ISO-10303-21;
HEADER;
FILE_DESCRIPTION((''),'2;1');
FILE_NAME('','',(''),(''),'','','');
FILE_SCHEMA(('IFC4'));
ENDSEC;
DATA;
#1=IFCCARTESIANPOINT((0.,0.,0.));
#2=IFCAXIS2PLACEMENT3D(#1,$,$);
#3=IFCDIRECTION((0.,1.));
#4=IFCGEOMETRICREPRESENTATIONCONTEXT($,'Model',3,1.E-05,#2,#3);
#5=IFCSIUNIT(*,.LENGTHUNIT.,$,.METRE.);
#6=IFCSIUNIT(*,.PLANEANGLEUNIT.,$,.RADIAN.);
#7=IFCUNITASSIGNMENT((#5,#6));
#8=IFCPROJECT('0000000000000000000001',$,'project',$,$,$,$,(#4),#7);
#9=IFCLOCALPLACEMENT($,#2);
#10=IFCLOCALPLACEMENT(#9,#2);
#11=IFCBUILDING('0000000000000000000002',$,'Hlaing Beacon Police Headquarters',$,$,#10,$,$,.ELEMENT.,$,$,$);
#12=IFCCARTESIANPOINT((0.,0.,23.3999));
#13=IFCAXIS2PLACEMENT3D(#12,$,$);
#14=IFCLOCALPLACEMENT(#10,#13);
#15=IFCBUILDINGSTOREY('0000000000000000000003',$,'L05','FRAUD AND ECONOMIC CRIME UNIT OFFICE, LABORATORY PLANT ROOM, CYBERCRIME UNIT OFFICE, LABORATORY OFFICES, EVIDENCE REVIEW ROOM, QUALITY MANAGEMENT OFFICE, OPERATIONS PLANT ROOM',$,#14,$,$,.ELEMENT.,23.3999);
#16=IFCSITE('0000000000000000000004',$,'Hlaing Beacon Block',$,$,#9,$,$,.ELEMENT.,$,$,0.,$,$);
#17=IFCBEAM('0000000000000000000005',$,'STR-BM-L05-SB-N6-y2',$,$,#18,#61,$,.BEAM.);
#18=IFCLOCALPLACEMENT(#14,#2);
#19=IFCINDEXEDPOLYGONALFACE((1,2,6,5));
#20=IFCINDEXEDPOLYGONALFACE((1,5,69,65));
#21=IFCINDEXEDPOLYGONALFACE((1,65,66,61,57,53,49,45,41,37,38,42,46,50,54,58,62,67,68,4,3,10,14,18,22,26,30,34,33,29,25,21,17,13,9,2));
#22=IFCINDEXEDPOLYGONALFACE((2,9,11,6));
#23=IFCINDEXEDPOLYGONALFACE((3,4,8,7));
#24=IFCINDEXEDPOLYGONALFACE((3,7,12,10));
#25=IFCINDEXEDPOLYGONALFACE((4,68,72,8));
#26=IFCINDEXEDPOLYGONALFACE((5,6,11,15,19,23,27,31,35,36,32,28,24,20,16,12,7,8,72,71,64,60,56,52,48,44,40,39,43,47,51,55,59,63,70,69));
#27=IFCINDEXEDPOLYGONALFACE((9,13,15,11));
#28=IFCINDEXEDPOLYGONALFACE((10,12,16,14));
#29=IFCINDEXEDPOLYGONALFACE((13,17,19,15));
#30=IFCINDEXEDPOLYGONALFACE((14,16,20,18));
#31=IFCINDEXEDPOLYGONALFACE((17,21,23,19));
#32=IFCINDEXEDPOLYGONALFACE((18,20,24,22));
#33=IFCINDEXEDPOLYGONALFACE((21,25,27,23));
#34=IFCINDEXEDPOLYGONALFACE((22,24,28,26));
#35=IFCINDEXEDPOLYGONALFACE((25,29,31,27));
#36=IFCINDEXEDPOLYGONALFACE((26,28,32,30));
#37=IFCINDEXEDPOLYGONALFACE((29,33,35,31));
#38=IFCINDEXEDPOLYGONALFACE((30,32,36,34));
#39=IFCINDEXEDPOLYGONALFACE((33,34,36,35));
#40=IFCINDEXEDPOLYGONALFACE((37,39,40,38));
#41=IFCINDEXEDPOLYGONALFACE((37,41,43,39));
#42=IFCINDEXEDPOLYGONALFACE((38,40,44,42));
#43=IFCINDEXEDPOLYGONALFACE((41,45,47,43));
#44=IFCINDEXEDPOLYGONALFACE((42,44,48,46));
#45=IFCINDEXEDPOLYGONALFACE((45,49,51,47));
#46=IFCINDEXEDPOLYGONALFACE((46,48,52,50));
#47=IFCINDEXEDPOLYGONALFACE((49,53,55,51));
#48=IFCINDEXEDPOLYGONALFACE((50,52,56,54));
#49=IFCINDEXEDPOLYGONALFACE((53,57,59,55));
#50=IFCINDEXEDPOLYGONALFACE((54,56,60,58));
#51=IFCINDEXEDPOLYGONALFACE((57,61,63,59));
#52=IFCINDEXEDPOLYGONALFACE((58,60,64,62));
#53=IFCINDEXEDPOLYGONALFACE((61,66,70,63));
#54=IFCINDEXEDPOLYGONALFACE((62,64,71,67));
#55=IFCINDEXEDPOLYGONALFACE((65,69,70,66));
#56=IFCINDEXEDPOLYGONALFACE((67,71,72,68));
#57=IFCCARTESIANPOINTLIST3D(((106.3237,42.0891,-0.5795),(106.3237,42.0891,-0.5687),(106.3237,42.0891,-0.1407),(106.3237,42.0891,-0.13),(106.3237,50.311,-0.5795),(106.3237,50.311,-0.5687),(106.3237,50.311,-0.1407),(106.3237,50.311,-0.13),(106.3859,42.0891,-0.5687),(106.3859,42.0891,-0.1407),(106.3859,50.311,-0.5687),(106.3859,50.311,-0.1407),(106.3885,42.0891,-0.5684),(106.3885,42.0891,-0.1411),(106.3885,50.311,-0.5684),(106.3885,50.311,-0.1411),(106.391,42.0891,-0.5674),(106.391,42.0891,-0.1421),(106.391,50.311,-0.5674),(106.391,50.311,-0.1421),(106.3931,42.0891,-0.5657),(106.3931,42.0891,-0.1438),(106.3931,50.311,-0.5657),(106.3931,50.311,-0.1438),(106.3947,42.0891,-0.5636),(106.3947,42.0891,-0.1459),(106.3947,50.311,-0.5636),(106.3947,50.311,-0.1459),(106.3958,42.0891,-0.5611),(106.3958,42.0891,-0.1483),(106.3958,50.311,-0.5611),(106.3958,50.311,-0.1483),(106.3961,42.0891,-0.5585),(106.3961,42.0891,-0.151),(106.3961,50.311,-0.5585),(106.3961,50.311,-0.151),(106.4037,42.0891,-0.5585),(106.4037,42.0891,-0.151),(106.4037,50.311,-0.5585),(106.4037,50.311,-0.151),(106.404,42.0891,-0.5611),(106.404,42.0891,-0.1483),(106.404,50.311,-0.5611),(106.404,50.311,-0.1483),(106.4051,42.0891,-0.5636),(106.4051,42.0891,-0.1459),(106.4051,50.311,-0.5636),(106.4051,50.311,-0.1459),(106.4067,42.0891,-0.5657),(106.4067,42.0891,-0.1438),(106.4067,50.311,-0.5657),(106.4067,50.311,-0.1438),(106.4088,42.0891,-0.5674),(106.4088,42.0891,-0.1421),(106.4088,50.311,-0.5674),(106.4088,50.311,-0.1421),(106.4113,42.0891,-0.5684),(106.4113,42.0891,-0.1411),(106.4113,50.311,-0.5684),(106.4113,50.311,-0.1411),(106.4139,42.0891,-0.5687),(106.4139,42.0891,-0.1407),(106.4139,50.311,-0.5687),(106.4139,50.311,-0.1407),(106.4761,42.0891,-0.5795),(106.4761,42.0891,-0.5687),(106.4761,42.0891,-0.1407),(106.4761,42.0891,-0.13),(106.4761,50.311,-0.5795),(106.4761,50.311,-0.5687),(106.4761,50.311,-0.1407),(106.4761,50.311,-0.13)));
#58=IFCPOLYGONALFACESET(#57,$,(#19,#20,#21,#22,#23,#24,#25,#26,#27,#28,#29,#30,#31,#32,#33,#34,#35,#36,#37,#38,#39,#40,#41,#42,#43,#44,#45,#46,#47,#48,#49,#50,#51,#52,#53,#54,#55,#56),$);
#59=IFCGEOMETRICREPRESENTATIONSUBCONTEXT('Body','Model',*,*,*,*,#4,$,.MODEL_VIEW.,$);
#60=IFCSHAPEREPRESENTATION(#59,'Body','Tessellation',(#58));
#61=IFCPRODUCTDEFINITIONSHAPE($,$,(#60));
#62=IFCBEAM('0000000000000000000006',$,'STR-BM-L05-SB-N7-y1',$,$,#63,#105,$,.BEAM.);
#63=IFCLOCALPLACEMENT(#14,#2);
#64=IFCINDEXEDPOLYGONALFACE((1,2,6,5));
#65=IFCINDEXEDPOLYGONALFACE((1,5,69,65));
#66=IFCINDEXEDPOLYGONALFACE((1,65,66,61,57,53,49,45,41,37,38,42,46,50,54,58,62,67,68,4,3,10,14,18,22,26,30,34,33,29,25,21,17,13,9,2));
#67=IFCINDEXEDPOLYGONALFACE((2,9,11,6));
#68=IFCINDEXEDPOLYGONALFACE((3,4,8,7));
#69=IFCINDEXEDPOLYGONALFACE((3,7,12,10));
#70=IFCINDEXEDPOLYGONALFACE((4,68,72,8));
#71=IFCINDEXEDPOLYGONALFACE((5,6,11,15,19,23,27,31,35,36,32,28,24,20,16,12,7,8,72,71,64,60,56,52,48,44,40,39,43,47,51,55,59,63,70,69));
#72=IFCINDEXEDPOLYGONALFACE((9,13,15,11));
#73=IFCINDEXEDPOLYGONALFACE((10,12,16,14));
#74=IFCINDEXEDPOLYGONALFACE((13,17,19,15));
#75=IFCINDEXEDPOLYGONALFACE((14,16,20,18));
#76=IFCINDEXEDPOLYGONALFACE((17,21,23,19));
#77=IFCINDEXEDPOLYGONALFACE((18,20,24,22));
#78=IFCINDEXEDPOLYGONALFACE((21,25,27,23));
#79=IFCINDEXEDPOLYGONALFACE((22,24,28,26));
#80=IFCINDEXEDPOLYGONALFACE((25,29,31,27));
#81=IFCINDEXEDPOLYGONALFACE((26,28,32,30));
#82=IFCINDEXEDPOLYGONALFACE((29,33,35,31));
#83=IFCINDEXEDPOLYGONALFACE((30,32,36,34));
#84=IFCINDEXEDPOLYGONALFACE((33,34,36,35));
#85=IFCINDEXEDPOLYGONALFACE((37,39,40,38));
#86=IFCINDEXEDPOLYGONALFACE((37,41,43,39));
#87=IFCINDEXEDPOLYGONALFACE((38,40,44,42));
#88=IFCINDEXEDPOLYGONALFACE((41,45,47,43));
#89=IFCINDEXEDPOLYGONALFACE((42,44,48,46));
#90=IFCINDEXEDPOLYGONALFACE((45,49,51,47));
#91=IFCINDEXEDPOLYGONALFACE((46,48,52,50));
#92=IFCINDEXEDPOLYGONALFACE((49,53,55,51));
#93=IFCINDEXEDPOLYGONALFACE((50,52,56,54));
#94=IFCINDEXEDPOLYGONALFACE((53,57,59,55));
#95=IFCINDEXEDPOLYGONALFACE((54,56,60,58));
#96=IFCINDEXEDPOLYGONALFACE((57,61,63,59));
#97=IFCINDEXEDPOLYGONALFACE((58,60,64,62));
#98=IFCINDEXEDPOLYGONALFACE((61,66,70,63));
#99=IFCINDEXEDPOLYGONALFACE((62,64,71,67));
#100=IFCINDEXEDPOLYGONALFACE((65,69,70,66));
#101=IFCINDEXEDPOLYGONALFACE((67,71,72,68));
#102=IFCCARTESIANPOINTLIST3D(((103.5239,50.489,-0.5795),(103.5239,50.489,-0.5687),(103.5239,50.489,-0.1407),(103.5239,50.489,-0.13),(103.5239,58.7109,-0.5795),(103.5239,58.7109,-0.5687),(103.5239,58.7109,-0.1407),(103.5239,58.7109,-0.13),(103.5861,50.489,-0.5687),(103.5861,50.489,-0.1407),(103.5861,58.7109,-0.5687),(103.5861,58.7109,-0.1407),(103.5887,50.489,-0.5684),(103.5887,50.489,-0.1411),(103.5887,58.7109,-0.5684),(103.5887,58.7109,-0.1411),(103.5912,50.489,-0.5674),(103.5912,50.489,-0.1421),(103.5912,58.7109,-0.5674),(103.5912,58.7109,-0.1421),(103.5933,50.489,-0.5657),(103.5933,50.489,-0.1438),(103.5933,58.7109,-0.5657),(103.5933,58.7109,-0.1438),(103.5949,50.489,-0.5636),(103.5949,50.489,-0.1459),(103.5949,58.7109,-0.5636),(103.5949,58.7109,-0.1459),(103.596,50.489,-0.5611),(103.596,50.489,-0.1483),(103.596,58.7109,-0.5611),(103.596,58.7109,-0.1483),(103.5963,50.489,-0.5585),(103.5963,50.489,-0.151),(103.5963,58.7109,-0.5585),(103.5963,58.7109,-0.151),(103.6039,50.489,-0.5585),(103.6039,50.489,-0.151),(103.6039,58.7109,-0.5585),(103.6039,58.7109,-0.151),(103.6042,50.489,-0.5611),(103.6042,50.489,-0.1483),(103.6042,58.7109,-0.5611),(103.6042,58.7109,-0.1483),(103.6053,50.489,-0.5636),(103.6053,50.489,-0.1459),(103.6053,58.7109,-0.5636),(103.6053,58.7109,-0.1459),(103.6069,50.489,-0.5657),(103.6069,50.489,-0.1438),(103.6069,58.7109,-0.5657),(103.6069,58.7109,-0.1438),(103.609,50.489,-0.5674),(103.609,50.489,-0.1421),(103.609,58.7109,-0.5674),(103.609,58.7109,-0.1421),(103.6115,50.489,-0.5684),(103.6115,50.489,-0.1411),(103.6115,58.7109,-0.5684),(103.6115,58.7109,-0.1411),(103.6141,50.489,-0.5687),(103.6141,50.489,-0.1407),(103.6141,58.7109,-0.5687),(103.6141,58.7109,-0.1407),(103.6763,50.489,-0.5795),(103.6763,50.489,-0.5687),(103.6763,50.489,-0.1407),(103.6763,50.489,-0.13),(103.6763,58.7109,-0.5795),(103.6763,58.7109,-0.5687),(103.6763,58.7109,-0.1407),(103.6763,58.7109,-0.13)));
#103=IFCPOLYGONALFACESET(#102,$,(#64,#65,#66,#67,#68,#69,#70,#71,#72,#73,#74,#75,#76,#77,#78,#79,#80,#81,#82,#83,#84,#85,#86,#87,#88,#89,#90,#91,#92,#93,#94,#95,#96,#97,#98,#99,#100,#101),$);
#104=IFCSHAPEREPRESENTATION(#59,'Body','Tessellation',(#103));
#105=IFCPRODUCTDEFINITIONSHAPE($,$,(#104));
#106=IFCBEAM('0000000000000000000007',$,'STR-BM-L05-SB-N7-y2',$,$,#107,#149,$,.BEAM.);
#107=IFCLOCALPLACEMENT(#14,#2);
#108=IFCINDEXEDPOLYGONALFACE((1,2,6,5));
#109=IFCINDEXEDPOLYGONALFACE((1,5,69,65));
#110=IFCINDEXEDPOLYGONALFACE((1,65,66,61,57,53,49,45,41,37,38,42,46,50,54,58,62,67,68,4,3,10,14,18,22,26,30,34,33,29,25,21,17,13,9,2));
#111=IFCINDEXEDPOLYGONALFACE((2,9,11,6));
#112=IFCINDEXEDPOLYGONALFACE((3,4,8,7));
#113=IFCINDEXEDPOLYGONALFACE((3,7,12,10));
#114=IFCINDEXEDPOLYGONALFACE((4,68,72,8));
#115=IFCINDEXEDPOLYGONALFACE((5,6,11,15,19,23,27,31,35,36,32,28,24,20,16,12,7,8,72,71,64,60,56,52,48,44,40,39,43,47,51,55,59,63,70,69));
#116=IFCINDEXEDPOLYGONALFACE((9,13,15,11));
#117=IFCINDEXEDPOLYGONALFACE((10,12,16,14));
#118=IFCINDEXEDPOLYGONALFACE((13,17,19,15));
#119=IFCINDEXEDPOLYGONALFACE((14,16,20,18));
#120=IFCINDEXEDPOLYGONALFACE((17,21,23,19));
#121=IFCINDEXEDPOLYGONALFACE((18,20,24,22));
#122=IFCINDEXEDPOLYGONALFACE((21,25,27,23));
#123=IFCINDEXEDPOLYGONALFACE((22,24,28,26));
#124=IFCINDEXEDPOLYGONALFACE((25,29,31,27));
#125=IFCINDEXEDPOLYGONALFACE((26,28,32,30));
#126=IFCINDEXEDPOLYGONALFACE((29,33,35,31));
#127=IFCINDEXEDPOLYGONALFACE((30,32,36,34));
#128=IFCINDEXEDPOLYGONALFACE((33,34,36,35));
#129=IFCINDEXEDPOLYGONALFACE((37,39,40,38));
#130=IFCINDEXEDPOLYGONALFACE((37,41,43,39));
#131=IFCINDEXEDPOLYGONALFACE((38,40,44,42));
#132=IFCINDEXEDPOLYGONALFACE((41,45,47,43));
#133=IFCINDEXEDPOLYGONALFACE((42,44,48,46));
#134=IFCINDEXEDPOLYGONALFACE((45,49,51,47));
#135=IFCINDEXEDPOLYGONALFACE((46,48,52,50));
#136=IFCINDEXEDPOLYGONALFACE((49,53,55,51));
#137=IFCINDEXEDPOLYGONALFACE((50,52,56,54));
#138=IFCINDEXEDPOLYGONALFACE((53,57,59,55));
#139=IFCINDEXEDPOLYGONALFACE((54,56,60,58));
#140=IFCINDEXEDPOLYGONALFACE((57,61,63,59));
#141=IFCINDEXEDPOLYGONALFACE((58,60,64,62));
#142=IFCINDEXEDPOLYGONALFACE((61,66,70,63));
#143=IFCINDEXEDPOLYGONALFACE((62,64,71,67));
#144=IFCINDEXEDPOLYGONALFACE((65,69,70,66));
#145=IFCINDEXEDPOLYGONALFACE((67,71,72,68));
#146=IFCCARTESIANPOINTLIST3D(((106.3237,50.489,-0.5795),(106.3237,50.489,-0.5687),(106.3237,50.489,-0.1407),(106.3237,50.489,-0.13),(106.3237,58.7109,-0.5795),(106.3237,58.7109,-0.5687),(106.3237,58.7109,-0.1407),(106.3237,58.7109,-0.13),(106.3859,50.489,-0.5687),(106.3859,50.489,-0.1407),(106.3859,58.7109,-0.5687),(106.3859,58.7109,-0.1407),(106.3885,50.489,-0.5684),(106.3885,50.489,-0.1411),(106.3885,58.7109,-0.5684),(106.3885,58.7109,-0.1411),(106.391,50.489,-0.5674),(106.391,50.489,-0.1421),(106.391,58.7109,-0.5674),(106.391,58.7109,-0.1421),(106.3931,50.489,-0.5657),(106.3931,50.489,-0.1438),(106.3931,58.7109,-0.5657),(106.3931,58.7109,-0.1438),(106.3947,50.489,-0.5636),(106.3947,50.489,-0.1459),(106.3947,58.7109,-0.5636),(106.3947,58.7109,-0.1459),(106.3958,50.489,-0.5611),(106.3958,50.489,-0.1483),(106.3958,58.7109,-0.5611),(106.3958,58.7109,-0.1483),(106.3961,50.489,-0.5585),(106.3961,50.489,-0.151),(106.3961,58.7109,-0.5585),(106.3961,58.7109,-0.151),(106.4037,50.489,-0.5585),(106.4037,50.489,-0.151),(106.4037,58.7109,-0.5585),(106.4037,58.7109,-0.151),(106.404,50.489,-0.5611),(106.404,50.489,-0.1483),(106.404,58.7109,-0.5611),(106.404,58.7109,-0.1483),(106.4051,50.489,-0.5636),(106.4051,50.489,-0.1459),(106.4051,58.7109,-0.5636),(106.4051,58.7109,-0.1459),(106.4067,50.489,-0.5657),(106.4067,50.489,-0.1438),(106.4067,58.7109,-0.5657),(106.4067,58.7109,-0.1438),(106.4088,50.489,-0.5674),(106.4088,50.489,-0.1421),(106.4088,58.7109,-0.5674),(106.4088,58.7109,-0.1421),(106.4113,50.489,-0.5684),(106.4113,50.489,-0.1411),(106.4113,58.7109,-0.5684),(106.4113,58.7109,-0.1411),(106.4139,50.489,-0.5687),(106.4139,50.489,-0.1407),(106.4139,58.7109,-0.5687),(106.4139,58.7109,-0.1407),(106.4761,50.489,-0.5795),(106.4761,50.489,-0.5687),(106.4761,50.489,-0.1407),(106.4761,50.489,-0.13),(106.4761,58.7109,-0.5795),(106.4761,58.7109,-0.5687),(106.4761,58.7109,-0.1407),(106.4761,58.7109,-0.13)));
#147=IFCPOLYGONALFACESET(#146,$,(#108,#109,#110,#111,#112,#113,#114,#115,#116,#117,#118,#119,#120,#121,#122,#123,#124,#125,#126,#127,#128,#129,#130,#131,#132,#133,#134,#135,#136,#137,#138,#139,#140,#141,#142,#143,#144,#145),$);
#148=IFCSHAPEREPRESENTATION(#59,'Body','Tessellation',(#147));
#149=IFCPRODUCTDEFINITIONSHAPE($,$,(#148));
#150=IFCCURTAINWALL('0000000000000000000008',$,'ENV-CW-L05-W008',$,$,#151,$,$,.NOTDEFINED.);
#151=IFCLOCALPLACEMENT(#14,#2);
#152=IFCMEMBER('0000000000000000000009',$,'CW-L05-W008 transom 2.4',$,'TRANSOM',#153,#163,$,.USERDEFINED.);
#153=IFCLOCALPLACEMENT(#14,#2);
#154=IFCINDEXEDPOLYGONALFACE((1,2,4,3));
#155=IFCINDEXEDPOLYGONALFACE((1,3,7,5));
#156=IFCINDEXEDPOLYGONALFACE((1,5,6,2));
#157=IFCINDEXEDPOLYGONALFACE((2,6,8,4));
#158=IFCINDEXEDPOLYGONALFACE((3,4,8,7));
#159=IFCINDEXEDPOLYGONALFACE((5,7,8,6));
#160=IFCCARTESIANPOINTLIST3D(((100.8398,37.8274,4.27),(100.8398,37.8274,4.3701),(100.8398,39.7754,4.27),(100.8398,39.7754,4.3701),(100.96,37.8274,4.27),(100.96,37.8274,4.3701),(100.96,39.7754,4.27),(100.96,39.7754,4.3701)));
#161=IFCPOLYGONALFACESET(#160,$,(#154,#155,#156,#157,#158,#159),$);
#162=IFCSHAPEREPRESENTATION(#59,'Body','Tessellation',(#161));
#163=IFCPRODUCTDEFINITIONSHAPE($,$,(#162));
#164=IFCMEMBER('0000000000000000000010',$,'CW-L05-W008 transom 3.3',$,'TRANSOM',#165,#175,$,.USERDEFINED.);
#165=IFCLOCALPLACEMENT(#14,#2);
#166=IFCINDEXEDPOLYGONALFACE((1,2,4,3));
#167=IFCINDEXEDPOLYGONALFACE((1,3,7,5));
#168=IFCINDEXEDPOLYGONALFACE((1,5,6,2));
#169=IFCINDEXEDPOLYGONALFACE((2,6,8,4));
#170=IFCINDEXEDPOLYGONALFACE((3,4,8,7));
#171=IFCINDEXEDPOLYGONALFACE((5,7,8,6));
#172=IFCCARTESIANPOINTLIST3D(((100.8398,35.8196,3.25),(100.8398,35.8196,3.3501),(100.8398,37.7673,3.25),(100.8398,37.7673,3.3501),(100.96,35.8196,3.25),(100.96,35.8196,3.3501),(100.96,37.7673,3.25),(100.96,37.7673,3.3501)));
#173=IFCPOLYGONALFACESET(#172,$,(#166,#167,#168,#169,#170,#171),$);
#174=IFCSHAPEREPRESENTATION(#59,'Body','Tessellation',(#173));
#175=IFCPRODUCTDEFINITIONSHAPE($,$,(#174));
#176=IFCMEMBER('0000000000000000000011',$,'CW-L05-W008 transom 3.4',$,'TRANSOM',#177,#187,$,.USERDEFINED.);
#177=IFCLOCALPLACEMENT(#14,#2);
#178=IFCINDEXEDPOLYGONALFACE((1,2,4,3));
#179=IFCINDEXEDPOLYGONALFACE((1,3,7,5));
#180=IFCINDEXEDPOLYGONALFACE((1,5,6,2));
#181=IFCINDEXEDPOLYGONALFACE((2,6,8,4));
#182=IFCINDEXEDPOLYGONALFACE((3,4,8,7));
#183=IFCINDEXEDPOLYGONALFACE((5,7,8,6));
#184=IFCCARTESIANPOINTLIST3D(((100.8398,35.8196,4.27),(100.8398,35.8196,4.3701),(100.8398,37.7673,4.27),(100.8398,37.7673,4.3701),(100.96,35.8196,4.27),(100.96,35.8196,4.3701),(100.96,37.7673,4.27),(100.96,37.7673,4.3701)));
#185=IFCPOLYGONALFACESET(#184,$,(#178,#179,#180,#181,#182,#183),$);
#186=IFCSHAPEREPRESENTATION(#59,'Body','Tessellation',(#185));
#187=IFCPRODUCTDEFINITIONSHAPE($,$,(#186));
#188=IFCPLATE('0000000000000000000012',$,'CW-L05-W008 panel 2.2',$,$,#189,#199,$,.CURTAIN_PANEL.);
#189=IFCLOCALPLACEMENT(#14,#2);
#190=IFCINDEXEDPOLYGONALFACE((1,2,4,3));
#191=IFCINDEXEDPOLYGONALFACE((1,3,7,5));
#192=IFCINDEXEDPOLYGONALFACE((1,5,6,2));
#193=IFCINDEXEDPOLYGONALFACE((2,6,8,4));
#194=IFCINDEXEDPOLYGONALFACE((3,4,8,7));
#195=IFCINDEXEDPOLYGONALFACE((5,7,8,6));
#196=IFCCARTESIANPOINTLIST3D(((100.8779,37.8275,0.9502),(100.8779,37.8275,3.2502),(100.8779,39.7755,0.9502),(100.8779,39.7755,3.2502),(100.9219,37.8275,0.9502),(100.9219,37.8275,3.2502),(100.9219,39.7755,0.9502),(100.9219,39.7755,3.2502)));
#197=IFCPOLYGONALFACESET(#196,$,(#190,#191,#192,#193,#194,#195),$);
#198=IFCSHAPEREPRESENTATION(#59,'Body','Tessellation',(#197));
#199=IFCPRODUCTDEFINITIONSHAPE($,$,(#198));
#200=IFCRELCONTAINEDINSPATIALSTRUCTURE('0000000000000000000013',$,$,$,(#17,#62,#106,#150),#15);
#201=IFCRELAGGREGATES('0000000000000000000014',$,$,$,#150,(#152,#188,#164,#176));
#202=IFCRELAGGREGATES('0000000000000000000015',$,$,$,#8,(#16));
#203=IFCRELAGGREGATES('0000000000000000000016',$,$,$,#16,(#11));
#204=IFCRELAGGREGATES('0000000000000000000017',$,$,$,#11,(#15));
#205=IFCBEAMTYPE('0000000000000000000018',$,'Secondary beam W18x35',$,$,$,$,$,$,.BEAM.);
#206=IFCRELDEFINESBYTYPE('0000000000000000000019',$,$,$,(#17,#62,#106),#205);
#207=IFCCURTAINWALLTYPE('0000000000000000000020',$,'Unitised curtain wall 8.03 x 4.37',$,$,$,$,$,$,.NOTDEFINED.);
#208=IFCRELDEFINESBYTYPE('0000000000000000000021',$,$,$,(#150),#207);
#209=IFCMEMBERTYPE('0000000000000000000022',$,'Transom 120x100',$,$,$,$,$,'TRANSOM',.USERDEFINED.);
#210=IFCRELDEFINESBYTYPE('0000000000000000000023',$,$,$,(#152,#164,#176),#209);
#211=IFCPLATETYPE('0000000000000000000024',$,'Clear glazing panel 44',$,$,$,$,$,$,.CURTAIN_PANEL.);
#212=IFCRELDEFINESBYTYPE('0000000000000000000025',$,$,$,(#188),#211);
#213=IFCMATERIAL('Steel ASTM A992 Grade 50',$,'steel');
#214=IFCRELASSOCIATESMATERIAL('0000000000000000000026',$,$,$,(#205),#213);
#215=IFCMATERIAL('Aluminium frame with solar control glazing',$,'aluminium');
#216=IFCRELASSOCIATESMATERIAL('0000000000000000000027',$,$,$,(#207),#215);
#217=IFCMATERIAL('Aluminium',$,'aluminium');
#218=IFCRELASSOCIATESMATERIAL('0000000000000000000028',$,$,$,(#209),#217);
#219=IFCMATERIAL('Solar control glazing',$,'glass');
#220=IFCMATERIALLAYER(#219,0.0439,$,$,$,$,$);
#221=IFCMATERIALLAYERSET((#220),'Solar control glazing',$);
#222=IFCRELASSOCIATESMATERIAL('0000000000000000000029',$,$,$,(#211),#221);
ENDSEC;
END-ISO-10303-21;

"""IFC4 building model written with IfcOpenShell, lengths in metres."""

from ifc_helpers import new_model, si_unit, direction, frame, origin, origin_2d, place, context, subcontext, project, spatial, rectangle, i_section, extrude, material, layer, layer_set, material_profile, profile_set, type_object, element, aggregate, save


model = new_model("IFC4")

# Units and contexts
model_context = context("Model", 3, precision=1e-05, world=origin(), true_north=direction((0.0, 1.0)))
body_context = subcontext(model_context, "Body", "Model", "MODEL_VIEW")
ifc_project = project(units=[si_unit("LENGTHUNIT", "METRE"), si_unit("PLANEANGLEUNIT", "RADIAN")], contexts=[model_context])

# Site, building, storey
site_placement = place(None, origin())
site = spatial("IfcSite", under=ifc_project, at=site_placement, Name="Hlaing Beacon Block", CompositionType="ELEMENT", RefElevation=0.0)
building_placement = place(site_placement, origin())
building = spatial("IfcBuilding", under=site, at=building_placement, Name="Hlaing Beacon Police Headquarters", CompositionType="ELEMENT")
storey_placement = place(building_placement, frame((0.0, 0.0, 23.3999)))
storey = spatial("IfcBuildingStorey", under=building, at=storey_placement, Name="L05", Description="FRAUD AND ECONOMIC CRIME UNIT OFFICE, LABORATORY PLANT ROOM, CYBERCRIME UNIT OFFICE, LABORATORY OFFICES, EVIDENCE REVIEW ROOM, QUALITY MANAGEMENT OFFICE, OPERATIONS PLANT ROOM", CompositionType="ELEMENT", Elevation=23.3999)

# Beams
ifc_material_1 = material(Name="Steel ASTM A992 Grade 50", Category="steel")
ifc_material_profile_1 = material_profile(ifc_material_1, i_section(OverallWidth=0.1523, OverallDepth=0.4495, WebThickness=0.0076, FlangeThickness=0.0107, FilletRadius=0.0103, at=origin_2d()), Name="W18x35")
ifc_profile_set_1 = profile_set([ifc_material_profile_1], Name="Steel ASTM A992 Grade 50")
beam_type_1 = type_object("IfcBeamType", Name="Secondary beam W18x35", PredefinedType="BEAM", material=ifc_profile_set_1)
for number, where, z_axis, x_axis, name in (
    (1, (106.3999, 42.0891, -0.3547), (0.0, 1.0, 0.0), (-1.0, 0.0, 0.0), "STR-BM-L05-SB-N6-y2"),
    (2, (103.6001, 50.489, -0.3547), (0.0, 1.0, 0.0), (-1.0, 0.0, 0.0), "STR-BM-L05-SB-N7-y1"),
    (3, (106.3999, 50.489, -0.3547), (0.0, 1.0, 0.0), (-1.0, 0.0, 0.0), "STR-BM-L05-SB-N7-y2"),
):
    element("IfcBeam", number, at=place(storey_placement, frame(where, z_axis=z_axis, x_axis=x_axis)), inside=storey, type_object=beam_type_1, Name=name, PredefinedType="BEAM", context=body_context, shape_type="SweptSolid", body=[
        extrude(i_section(OverallWidth=0.1523, OverallDepth=0.4495, WebThickness=0.0076, FlangeThickness=0.0107, FilletRadius=0.0103, at=origin_2d()), origin(), (0.0, 0.0, 1.0), 8.2219),
    ])

# Curtain wall, members, plate
ifc_material_2 = material(Name="Aluminium frame with solar control glazing", Category="aluminium")
curtain_wall_type = type_object("IfcCurtainWallType", Name="Unitised curtain wall 8.03 x 4.37", PredefinedType="NOTDEFINED", material=ifc_material_2)
curtain_wall_placement = place(storey_placement, origin())
curtain_wall = element("IfcCurtainWall", 4, at=curtain_wall_placement, inside=storey, type_object=curtain_wall_type, Name="ENV-CW-L05-W008", PredefinedType="NOTDEFINED")
ifc_material_3 = material(Name="Aluminium", Category="aluminium")
ifc_material_profile_2 = material_profile(ifc_material_3, rectangle(XDim=0.1201, YDim=0.1001, at=origin_2d()), Name="Transom 120x100")
ifc_profile_set_2 = profile_set([ifc_material_profile_2], Name="Aluminium")
member_type = type_object("IfcMemberType", Name="Transom 120x100", ElementType="TRANSOM", PredefinedType="USERDEFINED", material=ifc_profile_set_2)
member_1_placement = place(storey_placement, frame((100.8999, 39.7754, 4.3201), z_axis=(0.0, -1.0, 0.0), x_axis=(1.0, 0.0, 0.0)))
member_1 = element("IfcMember", 5, at=member_1_placement, type_object=member_type, Name="CW-L05-W008 transom 2.4", ObjectType="TRANSOM", PredefinedType="USERDEFINED", context=body_context, shape_type="SweptSolid", body=[
    extrude(rectangle(XDim=0.1201, YDim=0.1001, at=origin_2d()), origin(), (0.0, 0.0, 1.0), 1.948),
])
member_2_placement = place(storey_placement, frame((100.8999, 37.7673, 3.3), z_axis=(0.0, -1.0, 0.0), x_axis=(1.0, 0.0, 0.0)))
member_2 = element("IfcMember", 6, at=member_2_placement, type_object=member_type, Name="CW-L05-W008 transom 3.3", ObjectType="TRANSOM", PredefinedType="USERDEFINED", context=body_context, shape_type="SweptSolid", body=[
    extrude(rectangle(XDim=0.1201, YDim=0.1001, at=origin_2d()), origin(), (0.0, 0.0, 1.0), 1.9478),
])
member_3_placement = place(storey_placement, frame((100.8999, 37.7673, 4.3201), z_axis=(0.0, -1.0, 0.0), x_axis=(1.0, 0.0, 0.0)))
member_3 = element("IfcMember", 7, at=member_3_placement, type_object=member_type, Name="CW-L05-W008 transom 3.4", ObjectType="TRANSOM", PredefinedType="USERDEFINED", context=body_context, shape_type="SweptSolid", body=[
    extrude(rectangle(XDim=0.1201, YDim=0.1001, at=origin_2d()), origin(), (0.0, 0.0, 1.0), 1.9478),
])
ifc_material_4 = material(Name="Solar control glazing", Category="glass")
ifc_layer_1 = layer(ifc_material_4, 0.0439)
ifc_layer_set_1 = layer_set([ifc_layer_1], Name="Solar control glazing")
plate_type_1 = type_object("IfcPlateType", Name="Clear glazing panel 44", PredefinedType="CURTAIN_PANEL", material=ifc_layer_set_1)
plate_1_placement = place(storey_placement, frame((100.8999, 38.8015, 0.9502), z_axis=(0.0, 0.0, 1.0), x_axis=(0.0, -1.0, 0.0)))
plate_1 = element("IfcPlate", 8, at=plate_1_placement, type_object=plate_type_1, Name="CW-L05-W008 panel 2.2", PredefinedType="CURTAIN_PANEL", context=body_context, shape_type="SweptSolid", body=[
    extrude(rectangle(XDim=1.948, YDim=0.0439, at=origin_2d()), origin(), (0.0, 0.0, 1.0), 2.3),
])
aggregate(curtain_wall, [member_1, plate_1, member_2, member_3])

save(model, "model.ifc")
